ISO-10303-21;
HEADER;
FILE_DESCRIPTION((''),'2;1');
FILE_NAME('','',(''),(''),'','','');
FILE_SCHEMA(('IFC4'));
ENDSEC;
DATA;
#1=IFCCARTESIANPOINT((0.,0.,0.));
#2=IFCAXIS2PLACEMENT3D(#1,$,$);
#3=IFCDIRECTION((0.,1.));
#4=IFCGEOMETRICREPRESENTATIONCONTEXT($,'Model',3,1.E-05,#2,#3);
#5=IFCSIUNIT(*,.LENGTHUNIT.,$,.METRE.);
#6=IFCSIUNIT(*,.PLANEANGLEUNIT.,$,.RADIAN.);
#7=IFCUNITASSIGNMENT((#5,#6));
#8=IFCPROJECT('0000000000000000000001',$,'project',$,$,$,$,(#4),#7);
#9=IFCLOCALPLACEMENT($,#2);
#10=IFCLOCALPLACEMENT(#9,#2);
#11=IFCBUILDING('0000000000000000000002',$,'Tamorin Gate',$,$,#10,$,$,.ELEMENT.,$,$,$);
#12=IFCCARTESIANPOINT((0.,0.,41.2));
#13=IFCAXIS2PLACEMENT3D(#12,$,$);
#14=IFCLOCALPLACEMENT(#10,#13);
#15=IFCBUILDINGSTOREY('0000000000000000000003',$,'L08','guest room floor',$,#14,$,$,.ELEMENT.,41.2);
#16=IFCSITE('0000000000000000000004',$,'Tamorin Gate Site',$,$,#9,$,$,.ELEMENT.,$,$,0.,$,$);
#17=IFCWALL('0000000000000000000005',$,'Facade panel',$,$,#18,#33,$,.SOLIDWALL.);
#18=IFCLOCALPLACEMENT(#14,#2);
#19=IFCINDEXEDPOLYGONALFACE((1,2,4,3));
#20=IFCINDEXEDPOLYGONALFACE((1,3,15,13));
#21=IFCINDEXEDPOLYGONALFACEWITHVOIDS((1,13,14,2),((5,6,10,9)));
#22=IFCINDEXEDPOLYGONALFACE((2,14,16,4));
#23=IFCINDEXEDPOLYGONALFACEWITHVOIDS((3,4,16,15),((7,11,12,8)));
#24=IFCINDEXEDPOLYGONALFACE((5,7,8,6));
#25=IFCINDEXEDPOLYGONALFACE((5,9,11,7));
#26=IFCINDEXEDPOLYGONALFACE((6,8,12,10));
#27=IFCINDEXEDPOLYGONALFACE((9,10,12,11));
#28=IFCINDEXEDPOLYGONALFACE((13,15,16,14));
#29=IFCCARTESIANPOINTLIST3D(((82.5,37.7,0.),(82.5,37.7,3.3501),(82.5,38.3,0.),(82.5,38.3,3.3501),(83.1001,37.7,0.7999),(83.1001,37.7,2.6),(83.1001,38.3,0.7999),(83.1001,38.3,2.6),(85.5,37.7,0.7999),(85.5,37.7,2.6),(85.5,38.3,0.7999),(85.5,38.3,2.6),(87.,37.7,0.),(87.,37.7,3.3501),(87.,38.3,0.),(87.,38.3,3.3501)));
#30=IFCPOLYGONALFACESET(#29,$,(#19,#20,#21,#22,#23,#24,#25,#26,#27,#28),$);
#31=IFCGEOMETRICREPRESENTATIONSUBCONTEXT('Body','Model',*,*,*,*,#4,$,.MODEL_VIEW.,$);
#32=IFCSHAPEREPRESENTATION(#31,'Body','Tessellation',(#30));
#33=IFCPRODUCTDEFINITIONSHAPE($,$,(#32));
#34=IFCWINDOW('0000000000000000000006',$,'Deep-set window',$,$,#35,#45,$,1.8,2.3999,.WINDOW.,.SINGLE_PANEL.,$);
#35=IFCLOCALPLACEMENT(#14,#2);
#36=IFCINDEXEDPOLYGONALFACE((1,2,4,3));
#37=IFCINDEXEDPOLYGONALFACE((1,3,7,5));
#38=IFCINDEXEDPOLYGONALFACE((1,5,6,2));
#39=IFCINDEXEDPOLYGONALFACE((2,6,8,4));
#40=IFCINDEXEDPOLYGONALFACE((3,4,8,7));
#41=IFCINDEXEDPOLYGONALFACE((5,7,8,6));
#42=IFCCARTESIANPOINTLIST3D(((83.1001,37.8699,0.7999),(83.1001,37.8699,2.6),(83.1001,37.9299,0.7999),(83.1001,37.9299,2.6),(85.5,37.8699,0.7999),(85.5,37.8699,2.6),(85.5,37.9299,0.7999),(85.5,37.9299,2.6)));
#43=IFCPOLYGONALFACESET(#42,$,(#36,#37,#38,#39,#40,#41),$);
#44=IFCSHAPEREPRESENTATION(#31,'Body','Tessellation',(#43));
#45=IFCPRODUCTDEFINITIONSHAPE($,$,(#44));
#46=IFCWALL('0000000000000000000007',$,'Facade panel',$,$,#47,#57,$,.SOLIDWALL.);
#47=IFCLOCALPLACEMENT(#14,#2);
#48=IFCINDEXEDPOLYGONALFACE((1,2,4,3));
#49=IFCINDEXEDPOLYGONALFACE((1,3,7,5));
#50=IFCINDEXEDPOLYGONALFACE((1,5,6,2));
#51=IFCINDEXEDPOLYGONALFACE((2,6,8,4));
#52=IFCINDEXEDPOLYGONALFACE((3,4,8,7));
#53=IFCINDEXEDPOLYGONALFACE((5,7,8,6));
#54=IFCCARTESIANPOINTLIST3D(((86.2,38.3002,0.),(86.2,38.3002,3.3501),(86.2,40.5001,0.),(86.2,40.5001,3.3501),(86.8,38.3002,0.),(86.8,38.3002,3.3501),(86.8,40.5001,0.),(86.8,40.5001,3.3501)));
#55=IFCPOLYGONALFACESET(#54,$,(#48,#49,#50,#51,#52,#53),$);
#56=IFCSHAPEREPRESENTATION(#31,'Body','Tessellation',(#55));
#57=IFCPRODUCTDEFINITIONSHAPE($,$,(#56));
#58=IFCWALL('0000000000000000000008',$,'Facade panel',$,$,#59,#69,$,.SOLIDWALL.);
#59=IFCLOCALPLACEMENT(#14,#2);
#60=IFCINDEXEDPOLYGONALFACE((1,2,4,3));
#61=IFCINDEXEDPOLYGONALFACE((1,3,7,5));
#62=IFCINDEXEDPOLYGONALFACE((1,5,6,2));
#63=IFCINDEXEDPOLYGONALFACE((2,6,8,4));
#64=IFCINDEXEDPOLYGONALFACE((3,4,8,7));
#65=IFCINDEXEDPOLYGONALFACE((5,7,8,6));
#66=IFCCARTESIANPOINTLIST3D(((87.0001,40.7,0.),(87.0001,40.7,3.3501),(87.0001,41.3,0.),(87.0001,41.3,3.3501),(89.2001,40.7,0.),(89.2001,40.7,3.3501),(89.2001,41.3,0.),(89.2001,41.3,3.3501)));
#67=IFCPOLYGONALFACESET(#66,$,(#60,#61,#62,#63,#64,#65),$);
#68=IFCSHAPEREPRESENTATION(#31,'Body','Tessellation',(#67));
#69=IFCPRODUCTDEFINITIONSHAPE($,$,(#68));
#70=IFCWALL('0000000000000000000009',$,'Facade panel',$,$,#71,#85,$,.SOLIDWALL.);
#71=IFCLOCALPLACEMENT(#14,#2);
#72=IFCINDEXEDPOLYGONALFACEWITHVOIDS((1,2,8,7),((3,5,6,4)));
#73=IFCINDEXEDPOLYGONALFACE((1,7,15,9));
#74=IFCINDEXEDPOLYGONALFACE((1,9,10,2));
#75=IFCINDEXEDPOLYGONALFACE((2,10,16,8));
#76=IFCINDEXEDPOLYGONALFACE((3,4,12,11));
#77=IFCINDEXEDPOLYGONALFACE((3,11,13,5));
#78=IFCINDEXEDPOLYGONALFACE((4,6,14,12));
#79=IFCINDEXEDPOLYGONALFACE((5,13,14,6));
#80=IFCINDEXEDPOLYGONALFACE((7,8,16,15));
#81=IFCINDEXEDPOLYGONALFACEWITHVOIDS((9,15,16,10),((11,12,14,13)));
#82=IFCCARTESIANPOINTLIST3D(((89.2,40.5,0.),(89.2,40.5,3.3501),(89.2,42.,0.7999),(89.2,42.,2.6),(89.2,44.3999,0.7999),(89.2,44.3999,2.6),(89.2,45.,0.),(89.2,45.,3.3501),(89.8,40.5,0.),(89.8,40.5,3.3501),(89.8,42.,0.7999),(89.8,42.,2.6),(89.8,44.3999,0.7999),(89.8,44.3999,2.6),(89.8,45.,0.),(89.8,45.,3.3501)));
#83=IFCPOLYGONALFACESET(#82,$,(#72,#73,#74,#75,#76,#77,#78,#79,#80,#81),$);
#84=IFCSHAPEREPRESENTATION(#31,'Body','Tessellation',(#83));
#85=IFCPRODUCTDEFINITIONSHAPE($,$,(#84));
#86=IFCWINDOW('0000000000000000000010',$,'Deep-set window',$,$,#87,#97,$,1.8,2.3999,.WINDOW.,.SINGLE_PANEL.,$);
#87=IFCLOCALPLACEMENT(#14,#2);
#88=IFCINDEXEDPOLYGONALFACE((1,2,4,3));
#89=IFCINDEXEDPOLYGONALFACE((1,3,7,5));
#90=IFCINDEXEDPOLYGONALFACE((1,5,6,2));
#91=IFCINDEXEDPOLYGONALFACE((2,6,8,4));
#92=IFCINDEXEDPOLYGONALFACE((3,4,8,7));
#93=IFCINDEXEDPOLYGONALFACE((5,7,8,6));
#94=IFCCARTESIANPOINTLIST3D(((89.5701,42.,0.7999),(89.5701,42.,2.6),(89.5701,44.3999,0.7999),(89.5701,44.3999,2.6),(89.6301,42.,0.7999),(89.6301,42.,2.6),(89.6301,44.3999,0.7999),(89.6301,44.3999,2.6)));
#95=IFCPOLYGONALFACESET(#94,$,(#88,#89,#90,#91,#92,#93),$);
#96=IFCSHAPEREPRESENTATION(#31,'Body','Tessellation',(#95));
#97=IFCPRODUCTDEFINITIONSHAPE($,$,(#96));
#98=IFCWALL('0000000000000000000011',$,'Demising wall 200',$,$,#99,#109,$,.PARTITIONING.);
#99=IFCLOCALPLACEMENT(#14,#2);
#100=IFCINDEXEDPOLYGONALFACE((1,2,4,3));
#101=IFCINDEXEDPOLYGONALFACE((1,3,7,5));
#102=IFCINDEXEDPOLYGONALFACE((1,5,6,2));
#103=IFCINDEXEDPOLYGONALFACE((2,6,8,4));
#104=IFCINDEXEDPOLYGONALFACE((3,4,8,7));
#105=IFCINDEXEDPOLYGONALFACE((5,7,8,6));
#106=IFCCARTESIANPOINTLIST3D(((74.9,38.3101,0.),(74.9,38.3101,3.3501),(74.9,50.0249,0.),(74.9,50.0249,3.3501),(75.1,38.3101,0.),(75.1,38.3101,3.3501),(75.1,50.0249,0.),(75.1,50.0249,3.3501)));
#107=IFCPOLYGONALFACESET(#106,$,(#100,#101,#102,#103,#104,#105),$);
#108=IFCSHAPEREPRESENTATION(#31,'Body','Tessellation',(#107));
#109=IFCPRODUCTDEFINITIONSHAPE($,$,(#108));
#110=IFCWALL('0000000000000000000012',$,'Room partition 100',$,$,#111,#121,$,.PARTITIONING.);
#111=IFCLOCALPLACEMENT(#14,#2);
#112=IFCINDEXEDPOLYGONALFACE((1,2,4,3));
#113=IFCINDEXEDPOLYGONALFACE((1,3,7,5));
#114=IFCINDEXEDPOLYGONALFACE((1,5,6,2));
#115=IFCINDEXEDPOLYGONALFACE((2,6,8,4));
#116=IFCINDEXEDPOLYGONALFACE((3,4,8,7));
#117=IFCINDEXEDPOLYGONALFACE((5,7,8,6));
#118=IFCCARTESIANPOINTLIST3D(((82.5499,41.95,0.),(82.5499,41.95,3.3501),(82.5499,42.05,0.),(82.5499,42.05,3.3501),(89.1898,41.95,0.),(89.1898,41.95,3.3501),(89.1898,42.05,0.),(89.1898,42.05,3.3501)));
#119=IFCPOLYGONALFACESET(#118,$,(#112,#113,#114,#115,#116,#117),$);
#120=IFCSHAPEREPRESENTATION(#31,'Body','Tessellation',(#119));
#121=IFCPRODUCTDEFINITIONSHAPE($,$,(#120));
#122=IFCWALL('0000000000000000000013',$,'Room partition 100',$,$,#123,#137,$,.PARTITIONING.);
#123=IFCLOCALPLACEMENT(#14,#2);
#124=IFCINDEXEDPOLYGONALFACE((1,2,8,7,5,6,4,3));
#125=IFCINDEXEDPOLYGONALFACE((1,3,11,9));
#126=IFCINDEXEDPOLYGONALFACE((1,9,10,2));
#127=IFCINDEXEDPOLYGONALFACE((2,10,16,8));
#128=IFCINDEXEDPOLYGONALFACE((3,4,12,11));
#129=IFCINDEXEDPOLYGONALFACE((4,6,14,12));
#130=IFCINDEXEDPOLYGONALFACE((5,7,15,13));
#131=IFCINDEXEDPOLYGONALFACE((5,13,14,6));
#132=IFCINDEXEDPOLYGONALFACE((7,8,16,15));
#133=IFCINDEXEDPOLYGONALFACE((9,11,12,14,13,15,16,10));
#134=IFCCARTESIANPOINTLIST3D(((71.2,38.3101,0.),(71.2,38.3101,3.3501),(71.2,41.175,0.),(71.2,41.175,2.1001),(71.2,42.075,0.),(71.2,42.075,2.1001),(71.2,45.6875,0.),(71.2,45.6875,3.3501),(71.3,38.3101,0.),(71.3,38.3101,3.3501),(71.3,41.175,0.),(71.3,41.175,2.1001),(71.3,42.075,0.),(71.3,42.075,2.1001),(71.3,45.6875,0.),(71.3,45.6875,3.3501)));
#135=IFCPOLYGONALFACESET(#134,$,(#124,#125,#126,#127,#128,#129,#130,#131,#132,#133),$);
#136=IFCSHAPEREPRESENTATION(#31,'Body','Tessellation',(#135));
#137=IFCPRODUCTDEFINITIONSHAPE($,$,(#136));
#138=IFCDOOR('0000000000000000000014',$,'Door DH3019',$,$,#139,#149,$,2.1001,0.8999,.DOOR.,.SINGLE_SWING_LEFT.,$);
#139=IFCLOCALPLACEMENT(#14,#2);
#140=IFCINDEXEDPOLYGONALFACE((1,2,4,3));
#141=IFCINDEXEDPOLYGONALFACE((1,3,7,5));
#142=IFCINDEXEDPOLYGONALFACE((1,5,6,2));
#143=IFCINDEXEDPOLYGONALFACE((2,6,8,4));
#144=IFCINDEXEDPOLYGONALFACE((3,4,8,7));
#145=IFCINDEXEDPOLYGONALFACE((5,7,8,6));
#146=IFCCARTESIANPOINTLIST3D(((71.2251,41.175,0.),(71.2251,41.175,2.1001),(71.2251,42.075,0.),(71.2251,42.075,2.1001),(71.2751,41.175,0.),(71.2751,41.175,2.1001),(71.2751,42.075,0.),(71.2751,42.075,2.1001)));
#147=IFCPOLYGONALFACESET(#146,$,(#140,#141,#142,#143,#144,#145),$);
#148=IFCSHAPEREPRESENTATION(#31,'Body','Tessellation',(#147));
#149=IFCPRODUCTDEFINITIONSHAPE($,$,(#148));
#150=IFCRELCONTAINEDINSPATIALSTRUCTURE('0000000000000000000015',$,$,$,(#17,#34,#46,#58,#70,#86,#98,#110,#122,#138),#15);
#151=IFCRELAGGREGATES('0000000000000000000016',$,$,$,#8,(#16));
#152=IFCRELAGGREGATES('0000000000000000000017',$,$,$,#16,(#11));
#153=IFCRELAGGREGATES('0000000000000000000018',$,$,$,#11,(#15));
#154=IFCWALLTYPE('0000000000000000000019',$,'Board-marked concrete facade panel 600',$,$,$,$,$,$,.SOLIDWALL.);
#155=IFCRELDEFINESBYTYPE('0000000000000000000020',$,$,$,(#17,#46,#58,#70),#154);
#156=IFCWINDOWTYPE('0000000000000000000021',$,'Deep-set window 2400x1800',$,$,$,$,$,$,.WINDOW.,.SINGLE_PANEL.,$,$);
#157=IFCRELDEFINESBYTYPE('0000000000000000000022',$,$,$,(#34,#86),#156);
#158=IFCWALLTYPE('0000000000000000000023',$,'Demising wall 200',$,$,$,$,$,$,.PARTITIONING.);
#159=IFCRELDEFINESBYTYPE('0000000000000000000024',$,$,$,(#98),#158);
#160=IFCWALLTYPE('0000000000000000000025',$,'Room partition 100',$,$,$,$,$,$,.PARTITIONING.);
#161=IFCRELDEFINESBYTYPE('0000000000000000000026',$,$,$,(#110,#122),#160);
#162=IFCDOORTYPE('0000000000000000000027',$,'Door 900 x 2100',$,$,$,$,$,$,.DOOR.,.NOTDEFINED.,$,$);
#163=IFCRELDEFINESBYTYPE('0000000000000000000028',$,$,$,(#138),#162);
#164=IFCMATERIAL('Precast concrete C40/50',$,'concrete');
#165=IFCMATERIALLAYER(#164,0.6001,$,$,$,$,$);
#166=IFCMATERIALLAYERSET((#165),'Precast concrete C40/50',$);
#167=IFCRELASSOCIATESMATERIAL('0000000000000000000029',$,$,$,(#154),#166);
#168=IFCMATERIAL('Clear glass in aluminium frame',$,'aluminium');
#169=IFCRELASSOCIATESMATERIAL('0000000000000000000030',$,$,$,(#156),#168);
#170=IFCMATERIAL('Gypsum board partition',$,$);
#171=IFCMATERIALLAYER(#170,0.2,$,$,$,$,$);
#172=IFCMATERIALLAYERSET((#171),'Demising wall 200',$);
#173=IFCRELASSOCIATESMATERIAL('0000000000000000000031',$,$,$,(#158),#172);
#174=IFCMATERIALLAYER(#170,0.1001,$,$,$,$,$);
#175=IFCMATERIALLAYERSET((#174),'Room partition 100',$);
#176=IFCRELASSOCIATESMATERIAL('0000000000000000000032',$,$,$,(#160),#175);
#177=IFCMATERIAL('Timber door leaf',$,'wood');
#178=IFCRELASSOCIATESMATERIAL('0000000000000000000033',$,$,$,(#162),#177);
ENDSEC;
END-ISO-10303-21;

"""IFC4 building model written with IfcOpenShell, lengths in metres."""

from ifc_helpers import new_model, si_unit, direction, frame, frame_2d, origin, place, context, subcontext, project, spatial, rectangle, extrude, material, layer, layer_set, type_object, element, fill, save


model = new_model("IFC4")

# Units and contexts
model_context = context("Model", 3, precision=1e-05, world=origin(), true_north=direction((0.0, 1.0)))
body_context = subcontext(model_context, "Body", "Model", "MODEL_VIEW")
ifc_project = project(units=[si_unit("LENGTHUNIT", "METRE"), si_unit("PLANEANGLEUNIT", "RADIAN")], contexts=[model_context])

# Site, building, storey
site_placement = place(None, origin())
site = spatial("IfcSite", under=ifc_project, at=site_placement, Name="Tamorin Gate Site", CompositionType="ELEMENT", RefElevation=0.0)
building_placement = place(site_placement, origin())
building = spatial("IfcBuilding", under=site, at=building_placement, Name="Tamorin Gate", CompositionType="ELEMENT")
storey_placement = place(building_placement, frame((0.0, 0.0, 41.2)))
storey = spatial("IfcBuildingStorey", under=building, at=storey_placement, Name="L08", Description="guest room floor", CompositionType="ELEMENT", Elevation=41.2)

# Shared definitions
ifc_material_1 = material(Name="Precast concrete C40/50", Category="concrete")
ifc_layer_1 = layer(ifc_material_1, 0.6001)
ifc_layer_set_1 = layer_set([ifc_layer_1], Name="Precast concrete C40/50")
wall_type_1 = type_object("IfcWallType", Name="Board-marked concrete facade panel 600", PredefinedType="SOLIDWALL", material=ifc_layer_set_1)
ifc_material_2 = material(Name="Clear glass in aluminium frame", Category="aluminium")
window_type = type_object("IfcWindowType", Name="Deep-set window 2400x1800", PartitioningType="SINGLE_PANEL", PredefinedType="WINDOW", material=ifc_material_2)

# Wall, opening, window
wall_1_placement = place(storey_placement, frame((82.5, 38.0, 0.0), z_axis=(0.0, 0.0, 1.0), x_axis=(1.0, 0.0, 0.0)))
wall_1 = element("IfcWall", 1, at=wall_1_placement, inside=storey, type_object=wall_type_1, Name="Facade panel", PredefinedType="SOLIDWALL", context=body_context, shape_type="SweptSolid", body=[
    extrude(rectangle(XDim=4.5, YDim=0.6001, at=frame_2d((2.25, 0.0))), origin(), (0.0, 0.0, 1.0), 3.3501),
])
opening_1_placement = place(wall_1_placement, frame((0.6001, 0.0, 0.8)))
opening_1 = element("IfcOpeningElement", 2, at=opening_1_placement, cuts=wall_1, PredefinedType="OPENING", context=body_context, shape_type="SweptSolid", body=[
    extrude(rectangle(XDim=2.3999, YDim=1.8, at=frame_2d((1.2, 0.8999))), frame((0.0, 0.3101, 0.0), z_axis=(0.0, -1.0, 0.0), x_axis=(1.0, 0.0, 0.0)), (0.0, 0.0, 1.0), 0.6201),
])
window_1_placement = place(opening_1_placement, origin())
window_1 = element("IfcWindow", 3, at=window_1_placement, inside=storey, type_object=window_type, Name="Deep-set window", OverallHeight=1.8, OverallWidth=2.3999, PartitioningType="SINGLE_PANEL", PredefinedType="WINDOW", context=body_context, shape_type="SweptSolid", body=[
    extrude(rectangle(XDim=2.3999, YDim=1.8, at=frame_2d((1.2, 0.8999))), frame((0.0, -0.0701, 0.0), z_axis=(0.0, -1.0, 0.0), x_axis=(1.0, 0.0, 0.0)), (0.0, 0.0, 1.0), 0.0601),
])
fill(opening_1, window_1)

# Walls
for number, where, z_axis, x_axis, name in (
    (4, (86.5, 38.3, 0.0), (0.0, 0.0, 1.0), (0.0, 1.0, 0.0), "Facade panel"),
    (5, (87.0, 41.0, 0.0), (0.0, 0.0, 1.0), (1.0, 0.0, 0.0), "Facade panel"),
):
    element("IfcWall", number, at=place(storey_placement, frame(where, z_axis=z_axis, x_axis=x_axis)), inside=storey, type_object=wall_type_1, Name=name, PredefinedType="SOLIDWALL", context=body_context, shape_type="SweptSolid", body=[
        extrude(rectangle(XDim=2.2, YDim=0.6001, at=frame_2d((1.1001, 0.0))), origin(), (0.0, 0.0, 1.0), 3.3501),
    ])

# Wall, opening, window
wall_2_placement = place(storey_placement, frame((89.5, 40.5, 0.0), z_axis=(0.0, 0.0, 1.0), x_axis=(0.0, 1.0, 0.0)))
wall_2 = element("IfcWall", 6, at=wall_2_placement, inside=storey, type_object=wall_type_1, Name="Facade panel", PredefinedType="SOLIDWALL", context=body_context, shape_type="SweptSolid", body=[
    extrude(rectangle(XDim=4.5, YDim=0.6001, at=frame_2d((2.25, 0.0))), origin(), (0.0, 0.0, 1.0), 3.3501),
])
opening_2_placement = place(wall_2_placement, frame((1.5, 0.0, 0.8)))
opening_2 = element("IfcOpeningElement", 7, at=opening_2_placement, cuts=wall_2, PredefinedType="OPENING", context=body_context, shape_type="SweptSolid", body=[
    extrude(rectangle(XDim=2.3999, YDim=1.8, at=frame_2d((1.2, 0.8999))), frame((0.0, 0.3101, 0.0), z_axis=(0.0, -1.0, 0.0), x_axis=(1.0, 0.0, 0.0)), (0.0, 0.0, 1.0), 0.6201),
])
window_2_placement = place(opening_2_placement, origin())
window_2 = element("IfcWindow", 8, at=window_2_placement, inside=storey, type_object=window_type, Name="Deep-set window", OverallHeight=1.8, OverallWidth=2.3999, PartitioningType="SINGLE_PANEL", PredefinedType="WINDOW", context=body_context, shape_type="SweptSolid", body=[
    extrude(rectangle(XDim=2.3999, YDim=1.8, at=frame_2d((1.2, 0.8999))), frame((0.0, -0.0701, 0.0), z_axis=(0.0, -1.0, 0.0), x_axis=(1.0, 0.0, 0.0)), (0.0, 0.0, 1.0), 0.0601),
])
fill(opening_2, window_2)

# Walls
ifc_material_3 = material(Name="Gypsum board partition")
ifc_layer_2 = layer(ifc_material_3, 0.2)
ifc_layer_set_2 = layer_set([ifc_layer_2], Name="Demising wall 200")
wall_type_2 = type_object("IfcWallType", Name="Demising wall 200", PredefinedType="PARTITIONING", material=ifc_layer_set_2)
wall_3_placement = place(storey_placement, frame((75.0, 38.3101, 0.0), z_axis=(0.0, 0.0, 1.0), x_axis=(0.0, 1.0, 0.0)))
element("IfcWall", 9, at=wall_3_placement, inside=storey, type_object=wall_type_2, Name="Demising wall 200", PredefinedType="PARTITIONING", context=body_context, shape_type="SweptSolid", body=[
    extrude(rectangle(XDim=11.7148, YDim=0.2, at=frame_2d((5.8574, 0.0))), origin(), (0.0, 0.0, 1.0), 3.3501),
])
ifc_layer_3 = layer(ifc_material_3, 0.1001)
ifc_layer_set_3 = layer_set([ifc_layer_3], Name="Room partition 100")
wall_type_3 = type_object("IfcWallType", Name="Room partition 100", PredefinedType="PARTITIONING", material=ifc_layer_set_3)
wall_4_placement = place(storey_placement, frame((82.55, 42.0, 0.0), z_axis=(0.0, 0.0, 1.0), x_axis=(1.0, 0.0, 0.0)))
element("IfcWall", 10, at=wall_4_placement, inside=storey, type_object=wall_type_3, Name="Room partition 100", PredefinedType="PARTITIONING", context=body_context, shape_type="SweptSolid", body=[
    extrude(rectangle(XDim=6.6399, YDim=0.1001, at=frame_2d((3.3198, 0.0))), origin(), (0.0, 0.0, 1.0), 3.3501),
])

# Wall, opening, door
wall_5_placement = place(storey_placement, frame((71.25, 38.3101, 0.0), z_axis=(0.0, 0.0, 1.0), x_axis=(0.0, 1.0, 0.0)))
wall_5 = element("IfcWall", 11, at=wall_5_placement, inside=storey, type_object=wall_type_3, Name="Room partition 100", PredefinedType="PARTITIONING", context=body_context, shape_type="SweptSolid", body=[
    extrude(rectangle(XDim=7.3774, YDim=0.1001, at=frame_2d((3.6887, 0.0))), origin(), (0.0, 0.0, 1.0), 3.3501),
])
opening_3_placement = place(wall_5_placement, frame((2.865, 0.0, 0.0)))
opening_3 = element("IfcOpeningElement", 12, at=opening_3_placement, cuts=wall_5, PredefinedType="OPENING", context=body_context, shape_type="SweptSolid", body=[
    extrude(rectangle(XDim=0.8999, YDim=2.1001, at=frame_2d((0.45, 1.05))), frame((0.0, 0.0601, 0.0), z_axis=(0.0, -1.0, 0.0), x_axis=(1.0, 0.0, 0.0)), (0.0, 0.0, 1.0), 0.1201),
])
ifc_material_4 = material(Name="Timber door leaf", Category="wood")
door_type = type_object("IfcDoorType", Name="Door 900 x 2100", OperationType="NOTDEFINED", PredefinedType="DOOR", material=ifc_material_4)
door_1_placement = place(opening_3_placement, origin())
door_1 = element("IfcDoor", 13, at=door_1_placement, inside=storey, type_object=door_type, Name="Door DH3019", OperationType="SINGLE_SWING_LEFT", OverallHeight=2.1001, OverallWidth=0.8999, PredefinedType="DOOR", context=body_context, shape_type="SweptSolid", body=[
    extrude(rectangle(XDim=0.8999, YDim=2.1001, at=frame_2d((0.45, 1.05))), frame((0.0, 0.0249, 0.0), z_axis=(0.0, -1.0, 0.0), x_axis=(1.0, 0.0, 0.0)), (0.0, 0.0, 1.0), 0.05),
])
fill(opening_3, door_1)

save(model, "model.ifc")
